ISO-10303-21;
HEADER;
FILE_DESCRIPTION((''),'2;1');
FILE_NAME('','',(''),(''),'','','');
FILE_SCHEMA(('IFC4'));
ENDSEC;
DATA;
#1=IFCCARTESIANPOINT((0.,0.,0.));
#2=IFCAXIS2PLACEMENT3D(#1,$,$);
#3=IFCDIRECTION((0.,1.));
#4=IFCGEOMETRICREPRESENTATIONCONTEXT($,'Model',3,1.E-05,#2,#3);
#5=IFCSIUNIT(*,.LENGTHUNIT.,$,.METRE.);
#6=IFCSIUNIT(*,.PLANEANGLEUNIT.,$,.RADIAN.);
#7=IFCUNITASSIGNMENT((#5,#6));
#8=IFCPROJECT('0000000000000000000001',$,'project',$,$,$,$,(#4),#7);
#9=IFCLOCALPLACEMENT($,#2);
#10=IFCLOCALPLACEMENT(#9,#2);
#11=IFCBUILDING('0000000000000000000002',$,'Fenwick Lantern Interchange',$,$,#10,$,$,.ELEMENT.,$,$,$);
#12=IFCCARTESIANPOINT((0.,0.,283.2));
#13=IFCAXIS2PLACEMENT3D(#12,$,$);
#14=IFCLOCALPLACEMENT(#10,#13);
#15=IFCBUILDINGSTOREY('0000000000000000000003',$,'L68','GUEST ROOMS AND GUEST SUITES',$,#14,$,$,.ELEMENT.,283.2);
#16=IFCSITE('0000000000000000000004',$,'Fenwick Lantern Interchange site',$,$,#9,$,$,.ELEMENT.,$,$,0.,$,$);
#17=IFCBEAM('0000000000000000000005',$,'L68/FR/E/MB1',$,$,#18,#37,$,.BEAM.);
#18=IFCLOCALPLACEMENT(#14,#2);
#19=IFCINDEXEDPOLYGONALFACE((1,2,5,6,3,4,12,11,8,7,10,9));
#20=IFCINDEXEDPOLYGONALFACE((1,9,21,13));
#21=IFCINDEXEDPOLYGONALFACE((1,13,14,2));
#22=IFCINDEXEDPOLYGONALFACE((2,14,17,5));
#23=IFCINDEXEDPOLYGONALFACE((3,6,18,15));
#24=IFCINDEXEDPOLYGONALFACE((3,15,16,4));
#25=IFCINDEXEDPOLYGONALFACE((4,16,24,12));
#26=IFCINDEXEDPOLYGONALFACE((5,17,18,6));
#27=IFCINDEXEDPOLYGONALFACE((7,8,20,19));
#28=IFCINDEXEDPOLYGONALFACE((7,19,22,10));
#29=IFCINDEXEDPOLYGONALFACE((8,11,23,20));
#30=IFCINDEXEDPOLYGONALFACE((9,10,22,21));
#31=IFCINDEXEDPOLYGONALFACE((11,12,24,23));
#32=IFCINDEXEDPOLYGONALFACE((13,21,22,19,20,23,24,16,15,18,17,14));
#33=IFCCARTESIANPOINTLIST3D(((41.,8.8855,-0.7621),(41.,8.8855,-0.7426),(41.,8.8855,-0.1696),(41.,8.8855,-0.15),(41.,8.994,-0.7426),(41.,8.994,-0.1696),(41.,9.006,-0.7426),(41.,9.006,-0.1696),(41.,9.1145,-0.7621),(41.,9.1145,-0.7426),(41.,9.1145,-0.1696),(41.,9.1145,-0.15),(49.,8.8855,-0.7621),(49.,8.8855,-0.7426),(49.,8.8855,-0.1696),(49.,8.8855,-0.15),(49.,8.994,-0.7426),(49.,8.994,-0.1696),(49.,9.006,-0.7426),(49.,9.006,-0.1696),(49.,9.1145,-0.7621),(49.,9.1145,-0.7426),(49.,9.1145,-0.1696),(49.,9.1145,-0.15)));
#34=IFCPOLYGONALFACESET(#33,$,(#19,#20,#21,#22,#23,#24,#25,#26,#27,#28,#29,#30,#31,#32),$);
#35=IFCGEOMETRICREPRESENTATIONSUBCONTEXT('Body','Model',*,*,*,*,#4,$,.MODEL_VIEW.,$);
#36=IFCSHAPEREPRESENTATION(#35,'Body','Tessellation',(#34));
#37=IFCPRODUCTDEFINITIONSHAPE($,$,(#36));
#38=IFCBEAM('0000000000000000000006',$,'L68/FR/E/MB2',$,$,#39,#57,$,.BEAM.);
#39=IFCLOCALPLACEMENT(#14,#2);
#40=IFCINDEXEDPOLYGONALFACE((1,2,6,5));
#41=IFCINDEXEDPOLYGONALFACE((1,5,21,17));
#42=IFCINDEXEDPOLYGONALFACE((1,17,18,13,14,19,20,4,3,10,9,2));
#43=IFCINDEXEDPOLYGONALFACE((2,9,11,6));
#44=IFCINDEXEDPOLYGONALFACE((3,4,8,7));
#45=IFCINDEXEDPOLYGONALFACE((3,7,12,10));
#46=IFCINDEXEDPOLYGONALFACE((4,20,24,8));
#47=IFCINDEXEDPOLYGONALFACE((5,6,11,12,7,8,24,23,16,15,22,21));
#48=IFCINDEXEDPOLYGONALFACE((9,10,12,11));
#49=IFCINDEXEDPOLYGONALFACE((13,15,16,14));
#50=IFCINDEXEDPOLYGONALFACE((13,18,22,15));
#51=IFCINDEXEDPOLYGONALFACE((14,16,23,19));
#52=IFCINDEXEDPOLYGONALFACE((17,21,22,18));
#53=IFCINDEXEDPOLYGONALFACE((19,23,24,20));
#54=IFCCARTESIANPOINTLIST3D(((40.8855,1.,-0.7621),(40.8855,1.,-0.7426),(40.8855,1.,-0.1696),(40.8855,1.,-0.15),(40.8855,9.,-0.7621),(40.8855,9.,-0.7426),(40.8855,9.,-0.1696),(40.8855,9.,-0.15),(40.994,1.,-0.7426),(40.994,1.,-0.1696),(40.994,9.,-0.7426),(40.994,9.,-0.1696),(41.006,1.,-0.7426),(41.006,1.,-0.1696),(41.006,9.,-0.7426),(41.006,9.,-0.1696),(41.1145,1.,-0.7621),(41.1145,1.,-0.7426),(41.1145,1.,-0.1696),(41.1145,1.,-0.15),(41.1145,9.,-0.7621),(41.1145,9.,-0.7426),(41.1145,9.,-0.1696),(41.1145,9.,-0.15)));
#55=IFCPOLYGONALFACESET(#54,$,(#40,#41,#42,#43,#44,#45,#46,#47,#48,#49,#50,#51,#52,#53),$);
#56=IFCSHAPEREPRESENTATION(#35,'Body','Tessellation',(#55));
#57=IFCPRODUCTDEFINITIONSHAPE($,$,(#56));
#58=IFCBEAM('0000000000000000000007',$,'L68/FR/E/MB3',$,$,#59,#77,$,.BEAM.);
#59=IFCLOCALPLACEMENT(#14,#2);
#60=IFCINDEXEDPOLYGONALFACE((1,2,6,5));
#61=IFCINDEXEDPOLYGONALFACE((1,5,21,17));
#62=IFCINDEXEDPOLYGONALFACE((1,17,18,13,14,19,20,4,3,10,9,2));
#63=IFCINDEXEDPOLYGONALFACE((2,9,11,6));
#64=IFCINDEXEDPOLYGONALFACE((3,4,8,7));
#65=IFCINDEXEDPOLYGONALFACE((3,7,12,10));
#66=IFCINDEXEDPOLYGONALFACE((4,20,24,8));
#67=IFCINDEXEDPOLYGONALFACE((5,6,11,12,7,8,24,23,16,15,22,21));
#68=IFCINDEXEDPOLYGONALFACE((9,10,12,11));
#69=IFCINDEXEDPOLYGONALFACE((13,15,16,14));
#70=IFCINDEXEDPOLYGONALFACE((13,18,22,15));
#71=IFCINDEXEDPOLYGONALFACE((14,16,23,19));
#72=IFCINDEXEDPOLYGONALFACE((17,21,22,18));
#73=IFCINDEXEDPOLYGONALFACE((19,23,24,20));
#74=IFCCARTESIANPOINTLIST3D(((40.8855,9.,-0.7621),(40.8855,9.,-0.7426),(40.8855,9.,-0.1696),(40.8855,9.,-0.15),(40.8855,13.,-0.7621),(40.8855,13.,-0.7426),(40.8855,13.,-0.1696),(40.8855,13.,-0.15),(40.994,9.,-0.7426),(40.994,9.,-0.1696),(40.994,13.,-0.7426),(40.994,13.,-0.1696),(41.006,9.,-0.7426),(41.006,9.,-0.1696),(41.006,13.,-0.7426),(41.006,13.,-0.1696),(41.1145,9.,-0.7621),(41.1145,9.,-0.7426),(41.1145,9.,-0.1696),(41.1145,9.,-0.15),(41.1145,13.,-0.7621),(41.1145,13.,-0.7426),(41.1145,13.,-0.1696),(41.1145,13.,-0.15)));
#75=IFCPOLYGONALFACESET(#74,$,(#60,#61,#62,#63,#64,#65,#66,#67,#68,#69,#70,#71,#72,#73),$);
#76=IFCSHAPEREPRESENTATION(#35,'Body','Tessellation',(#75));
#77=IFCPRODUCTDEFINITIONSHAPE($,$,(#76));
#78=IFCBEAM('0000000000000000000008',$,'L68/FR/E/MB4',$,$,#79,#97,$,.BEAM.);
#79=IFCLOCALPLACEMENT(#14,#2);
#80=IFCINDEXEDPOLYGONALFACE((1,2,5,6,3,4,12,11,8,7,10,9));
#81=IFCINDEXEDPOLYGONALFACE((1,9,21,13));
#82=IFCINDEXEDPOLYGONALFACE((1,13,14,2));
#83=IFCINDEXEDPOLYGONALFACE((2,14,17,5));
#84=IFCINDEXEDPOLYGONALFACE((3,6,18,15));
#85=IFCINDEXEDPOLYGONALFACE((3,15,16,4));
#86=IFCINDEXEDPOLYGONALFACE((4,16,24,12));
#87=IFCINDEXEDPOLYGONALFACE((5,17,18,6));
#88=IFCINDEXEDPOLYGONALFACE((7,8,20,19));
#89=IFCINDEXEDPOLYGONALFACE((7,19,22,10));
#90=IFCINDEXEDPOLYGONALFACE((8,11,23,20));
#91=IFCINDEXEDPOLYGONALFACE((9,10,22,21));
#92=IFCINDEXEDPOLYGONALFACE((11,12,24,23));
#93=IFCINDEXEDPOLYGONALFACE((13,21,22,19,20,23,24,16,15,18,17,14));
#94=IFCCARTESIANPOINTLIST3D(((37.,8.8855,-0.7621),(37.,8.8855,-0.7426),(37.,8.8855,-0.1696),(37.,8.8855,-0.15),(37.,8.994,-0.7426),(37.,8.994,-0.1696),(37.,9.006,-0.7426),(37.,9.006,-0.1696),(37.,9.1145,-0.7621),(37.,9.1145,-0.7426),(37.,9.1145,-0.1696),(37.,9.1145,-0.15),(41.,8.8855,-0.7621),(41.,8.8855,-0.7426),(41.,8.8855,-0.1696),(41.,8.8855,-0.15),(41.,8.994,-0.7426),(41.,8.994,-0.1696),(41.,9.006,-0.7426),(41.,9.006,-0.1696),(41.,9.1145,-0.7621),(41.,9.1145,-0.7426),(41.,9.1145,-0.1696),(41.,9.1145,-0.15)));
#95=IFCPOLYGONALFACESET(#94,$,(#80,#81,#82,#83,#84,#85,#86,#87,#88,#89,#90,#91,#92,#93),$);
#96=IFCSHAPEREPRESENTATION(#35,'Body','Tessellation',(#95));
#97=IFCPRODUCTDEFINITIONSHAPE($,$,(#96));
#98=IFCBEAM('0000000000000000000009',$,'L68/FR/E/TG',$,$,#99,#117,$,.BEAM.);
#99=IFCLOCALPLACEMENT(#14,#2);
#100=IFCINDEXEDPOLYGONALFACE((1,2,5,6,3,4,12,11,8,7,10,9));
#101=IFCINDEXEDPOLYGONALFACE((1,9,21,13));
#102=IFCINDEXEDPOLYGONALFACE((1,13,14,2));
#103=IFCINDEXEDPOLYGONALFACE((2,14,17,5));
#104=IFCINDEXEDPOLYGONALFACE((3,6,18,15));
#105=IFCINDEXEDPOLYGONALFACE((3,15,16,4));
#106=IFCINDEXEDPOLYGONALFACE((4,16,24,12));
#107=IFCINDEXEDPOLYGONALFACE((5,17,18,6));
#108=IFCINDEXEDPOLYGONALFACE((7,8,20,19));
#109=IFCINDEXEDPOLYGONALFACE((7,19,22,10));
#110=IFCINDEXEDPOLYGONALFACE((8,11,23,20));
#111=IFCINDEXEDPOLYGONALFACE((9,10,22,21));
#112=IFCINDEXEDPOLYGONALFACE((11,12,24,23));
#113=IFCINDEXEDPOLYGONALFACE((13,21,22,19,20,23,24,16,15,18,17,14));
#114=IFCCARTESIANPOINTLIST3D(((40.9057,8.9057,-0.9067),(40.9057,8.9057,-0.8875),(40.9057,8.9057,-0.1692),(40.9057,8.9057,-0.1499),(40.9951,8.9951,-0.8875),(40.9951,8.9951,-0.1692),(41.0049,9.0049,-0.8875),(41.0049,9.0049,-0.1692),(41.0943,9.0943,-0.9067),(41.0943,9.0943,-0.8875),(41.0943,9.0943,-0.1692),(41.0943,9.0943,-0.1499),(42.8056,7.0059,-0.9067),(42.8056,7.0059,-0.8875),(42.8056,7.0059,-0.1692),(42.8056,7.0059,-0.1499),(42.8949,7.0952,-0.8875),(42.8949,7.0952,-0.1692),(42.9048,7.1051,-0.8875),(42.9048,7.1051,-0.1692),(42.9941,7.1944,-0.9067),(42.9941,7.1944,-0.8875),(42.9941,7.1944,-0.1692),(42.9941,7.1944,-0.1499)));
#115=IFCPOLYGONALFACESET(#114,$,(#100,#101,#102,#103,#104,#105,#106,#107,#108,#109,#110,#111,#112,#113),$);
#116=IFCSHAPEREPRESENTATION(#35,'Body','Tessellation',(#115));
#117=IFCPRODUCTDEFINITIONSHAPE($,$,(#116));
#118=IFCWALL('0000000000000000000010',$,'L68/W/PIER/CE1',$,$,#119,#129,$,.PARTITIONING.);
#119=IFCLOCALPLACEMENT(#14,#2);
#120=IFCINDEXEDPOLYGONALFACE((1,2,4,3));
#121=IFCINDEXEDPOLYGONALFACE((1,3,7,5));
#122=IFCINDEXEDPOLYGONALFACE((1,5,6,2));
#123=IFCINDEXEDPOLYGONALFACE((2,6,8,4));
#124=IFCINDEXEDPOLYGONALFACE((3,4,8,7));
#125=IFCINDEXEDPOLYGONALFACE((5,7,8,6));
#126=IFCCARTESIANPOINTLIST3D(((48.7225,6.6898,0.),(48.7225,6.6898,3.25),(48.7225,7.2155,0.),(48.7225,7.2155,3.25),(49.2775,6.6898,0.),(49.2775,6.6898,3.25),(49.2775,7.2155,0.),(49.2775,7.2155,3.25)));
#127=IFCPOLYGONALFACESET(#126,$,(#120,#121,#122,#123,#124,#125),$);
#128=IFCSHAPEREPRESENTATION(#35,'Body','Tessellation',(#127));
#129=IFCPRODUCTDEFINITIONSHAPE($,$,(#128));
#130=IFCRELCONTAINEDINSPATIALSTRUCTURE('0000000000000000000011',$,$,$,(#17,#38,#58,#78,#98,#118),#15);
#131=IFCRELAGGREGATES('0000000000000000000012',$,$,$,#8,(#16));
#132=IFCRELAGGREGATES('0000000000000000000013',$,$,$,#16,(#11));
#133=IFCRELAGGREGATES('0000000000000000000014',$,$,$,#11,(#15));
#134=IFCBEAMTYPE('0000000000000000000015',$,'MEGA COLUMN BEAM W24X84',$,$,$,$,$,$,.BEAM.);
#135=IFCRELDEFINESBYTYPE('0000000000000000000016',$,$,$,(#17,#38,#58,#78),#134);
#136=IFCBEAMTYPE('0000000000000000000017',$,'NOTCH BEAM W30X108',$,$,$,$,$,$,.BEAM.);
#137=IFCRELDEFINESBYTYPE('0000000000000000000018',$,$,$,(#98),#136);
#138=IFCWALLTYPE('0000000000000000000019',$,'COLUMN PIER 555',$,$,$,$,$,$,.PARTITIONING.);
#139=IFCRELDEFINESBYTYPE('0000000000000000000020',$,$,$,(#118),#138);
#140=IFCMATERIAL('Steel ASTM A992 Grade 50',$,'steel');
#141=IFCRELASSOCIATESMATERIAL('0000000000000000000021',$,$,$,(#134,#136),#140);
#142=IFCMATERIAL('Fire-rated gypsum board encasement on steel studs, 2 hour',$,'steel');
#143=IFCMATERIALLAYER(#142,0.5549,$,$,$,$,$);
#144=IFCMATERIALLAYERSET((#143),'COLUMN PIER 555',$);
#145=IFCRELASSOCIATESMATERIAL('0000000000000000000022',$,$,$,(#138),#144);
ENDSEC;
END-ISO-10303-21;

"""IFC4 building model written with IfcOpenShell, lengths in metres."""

from ifc_helpers import new_model, si_unit, direction, frame, frame_2d, origin, origin_2d, place, context, subcontext, project, spatial, rectangle, i_section, extrude, material, layer, layer_set, material_profile, profile_set, type_object, element, save


model = new_model("IFC4")

# Units and contexts
model_context = context("Model", 3, precision=1e-05, world=origin(), true_north=direction((0.0, 1.0)))
body_context = subcontext(model_context, "Body", "Model", "MODEL_VIEW")
ifc_project = project(units=[si_unit("LENGTHUNIT", "METRE"), si_unit("PLANEANGLEUNIT", "RADIAN")], contexts=[model_context])

# Site, building, storey
site_placement = place(None, origin())
site = spatial("IfcSite", under=ifc_project, at=site_placement, Name="Fenwick Lantern Interchange site", CompositionType="ELEMENT", RefElevation=0.0)
building_placement = place(site_placement, origin())
building = spatial("IfcBuilding", under=site, at=building_placement, Name="Fenwick Lantern Interchange", CompositionType="ELEMENT")
storey_placement = place(building_placement, frame((0.0, 0.0, 283.2)))
storey = spatial("IfcBuildingStorey", under=building, at=storey_placement, Name="L68", Description="GUEST ROOMS AND GUEST SUITES", CompositionType="ELEMENT", Elevation=283.2)

# Shared definitions
ifc_material_1 = material(Name="Steel ASTM A992 Grade 50", Category="steel")

# Beams
ifc_material_profile_1 = material_profile(ifc_material_1, i_section(OverallWidth=0.229, OverallDepth=0.6121, WebThickness=0.012, FlangeThickness=0.0195, at=origin_2d()), Name="W24X84")
ifc_profile_set_1 = profile_set([ifc_material_profile_1], Name="Steel ASTM A992 Grade 50")
beam_type_1 = type_object("IfcBeamType", Name="MEGA COLUMN BEAM W24X84", PredefinedType="BEAM", material=ifc_profile_set_1)
for number, where, z_axis, x_axis, name in (
    (1, (41.0, 9.0, -0.4561), (1.0, 0.0, 0.0), (0.0, 1.0, 0.0), "L68/FR/E/MB1"),
    (2, (41.0, 9.0, -0.4561), (0.0, -1.0, 0.0), (1.0, 0.0, 0.0), "L68/FR/E/MB2"),
):
    element("IfcBeam", number, at=place(storey_placement, frame(where, z_axis=z_axis, x_axis=x_axis)), inside=storey, type_object=beam_type_1, Name=name, PredefinedType="BEAM", context=body_context, shape_type="SweptSolid", body=[
        extrude(i_section(OverallWidth=0.229, OverallDepth=0.6121, WebThickness=0.012, FlangeThickness=0.0195, at=origin_2d()), origin(), (0.0, 0.0, 1.0), 8.0),
    ])
for number, where, z_axis, x_axis, name in (
    (3, (41.0, 9.0, -0.4561), (0.0, 1.0, 0.0), (-1.0, 0.0, 0.0), "L68/FR/E/MB3"),
    (4, (41.0, 9.0, -0.4561), (-1.0, 0.0, 0.0), (0.0, -1.0, 0.0), "L68/FR/E/MB4"),
):
    element("IfcBeam", number, at=place(storey_placement, frame(where, z_axis=z_axis, x_axis=x_axis)), inside=storey, type_object=beam_type_1, Name=name, PredefinedType="BEAM", context=body_context, shape_type="SweptSolid", body=[
        extrude(i_section(OverallWidth=0.229, OverallDepth=0.6121, WebThickness=0.012, FlangeThickness=0.0195, at=origin_2d()), origin(), (0.0, 0.0, 1.0), 4.0),
    ])
ifc_material_profile_2 = material_profile(ifc_material_1, i_section(OverallWidth=0.2666, OverallDepth=0.7568, WebThickness=0.0139, FlangeThickness=0.0193, at=origin_2d()), Name="W30X108")
ifc_profile_set_2 = profile_set([ifc_material_profile_2], Name="Steel ASTM A992 Grade 50")
beam_type_2 = type_object("IfcBeamType", Name="NOTCH BEAM W30X108", PredefinedType="BEAM", material=ifc_profile_set_2)
beam_1_placement = place(storey_placement, frame((41.0, 9.0, -0.5283), z_axis=(0.707107, -0.707107, 0.0), x_axis=(0.707107, 0.707107, 0.0)))
element("IfcBeam", 5, at=beam_1_placement, inside=storey, type_object=beam_type_2, Name="L68/FR/E/TG", PredefinedType="BEAM", context=body_context, shape_type="SweptSolid", body=[
    extrude(i_section(OverallWidth=0.2666, OverallDepth=0.7568, WebThickness=0.0139, FlangeThickness=0.0193, at=origin_2d()), origin(), (0.0, 0.0, 1.0), 2.6868),
])

# Wall
ifc_material_2 = material(Name="Fire-rated gypsum board encasement on steel studs, 2 hour", Category="steel")
ifc_layer_1 = layer(ifc_material_2, 0.5549)
ifc_layer_set_1 = layer_set([ifc_layer_1], Name="COLUMN PIER 555")
wall_type_1 = type_object("IfcWallType", Name="COLUMN PIER 555", PredefinedType="PARTITIONING", material=ifc_layer_set_1)
wall_1_placement = place(storey_placement, frame((49.0, 6.6899, 0.0), z_axis=(0.0, 0.0, 1.0), x_axis=(0.0, 1.0, 0.0)))
element("IfcWall", 6, at=wall_1_placement, inside=storey, type_object=wall_type_1, Name="L68/W/PIER/CE1", PredefinedType="PARTITIONING", context=body_context, shape_type="SweptSolid", body=[
    extrude(rectangle(XDim=0.5256, YDim=0.5549, at=frame_2d((0.2627, 0.0))), origin(), (0.0, 0.0, 1.0), 3.25),
])

save(model, "model.ifc")
